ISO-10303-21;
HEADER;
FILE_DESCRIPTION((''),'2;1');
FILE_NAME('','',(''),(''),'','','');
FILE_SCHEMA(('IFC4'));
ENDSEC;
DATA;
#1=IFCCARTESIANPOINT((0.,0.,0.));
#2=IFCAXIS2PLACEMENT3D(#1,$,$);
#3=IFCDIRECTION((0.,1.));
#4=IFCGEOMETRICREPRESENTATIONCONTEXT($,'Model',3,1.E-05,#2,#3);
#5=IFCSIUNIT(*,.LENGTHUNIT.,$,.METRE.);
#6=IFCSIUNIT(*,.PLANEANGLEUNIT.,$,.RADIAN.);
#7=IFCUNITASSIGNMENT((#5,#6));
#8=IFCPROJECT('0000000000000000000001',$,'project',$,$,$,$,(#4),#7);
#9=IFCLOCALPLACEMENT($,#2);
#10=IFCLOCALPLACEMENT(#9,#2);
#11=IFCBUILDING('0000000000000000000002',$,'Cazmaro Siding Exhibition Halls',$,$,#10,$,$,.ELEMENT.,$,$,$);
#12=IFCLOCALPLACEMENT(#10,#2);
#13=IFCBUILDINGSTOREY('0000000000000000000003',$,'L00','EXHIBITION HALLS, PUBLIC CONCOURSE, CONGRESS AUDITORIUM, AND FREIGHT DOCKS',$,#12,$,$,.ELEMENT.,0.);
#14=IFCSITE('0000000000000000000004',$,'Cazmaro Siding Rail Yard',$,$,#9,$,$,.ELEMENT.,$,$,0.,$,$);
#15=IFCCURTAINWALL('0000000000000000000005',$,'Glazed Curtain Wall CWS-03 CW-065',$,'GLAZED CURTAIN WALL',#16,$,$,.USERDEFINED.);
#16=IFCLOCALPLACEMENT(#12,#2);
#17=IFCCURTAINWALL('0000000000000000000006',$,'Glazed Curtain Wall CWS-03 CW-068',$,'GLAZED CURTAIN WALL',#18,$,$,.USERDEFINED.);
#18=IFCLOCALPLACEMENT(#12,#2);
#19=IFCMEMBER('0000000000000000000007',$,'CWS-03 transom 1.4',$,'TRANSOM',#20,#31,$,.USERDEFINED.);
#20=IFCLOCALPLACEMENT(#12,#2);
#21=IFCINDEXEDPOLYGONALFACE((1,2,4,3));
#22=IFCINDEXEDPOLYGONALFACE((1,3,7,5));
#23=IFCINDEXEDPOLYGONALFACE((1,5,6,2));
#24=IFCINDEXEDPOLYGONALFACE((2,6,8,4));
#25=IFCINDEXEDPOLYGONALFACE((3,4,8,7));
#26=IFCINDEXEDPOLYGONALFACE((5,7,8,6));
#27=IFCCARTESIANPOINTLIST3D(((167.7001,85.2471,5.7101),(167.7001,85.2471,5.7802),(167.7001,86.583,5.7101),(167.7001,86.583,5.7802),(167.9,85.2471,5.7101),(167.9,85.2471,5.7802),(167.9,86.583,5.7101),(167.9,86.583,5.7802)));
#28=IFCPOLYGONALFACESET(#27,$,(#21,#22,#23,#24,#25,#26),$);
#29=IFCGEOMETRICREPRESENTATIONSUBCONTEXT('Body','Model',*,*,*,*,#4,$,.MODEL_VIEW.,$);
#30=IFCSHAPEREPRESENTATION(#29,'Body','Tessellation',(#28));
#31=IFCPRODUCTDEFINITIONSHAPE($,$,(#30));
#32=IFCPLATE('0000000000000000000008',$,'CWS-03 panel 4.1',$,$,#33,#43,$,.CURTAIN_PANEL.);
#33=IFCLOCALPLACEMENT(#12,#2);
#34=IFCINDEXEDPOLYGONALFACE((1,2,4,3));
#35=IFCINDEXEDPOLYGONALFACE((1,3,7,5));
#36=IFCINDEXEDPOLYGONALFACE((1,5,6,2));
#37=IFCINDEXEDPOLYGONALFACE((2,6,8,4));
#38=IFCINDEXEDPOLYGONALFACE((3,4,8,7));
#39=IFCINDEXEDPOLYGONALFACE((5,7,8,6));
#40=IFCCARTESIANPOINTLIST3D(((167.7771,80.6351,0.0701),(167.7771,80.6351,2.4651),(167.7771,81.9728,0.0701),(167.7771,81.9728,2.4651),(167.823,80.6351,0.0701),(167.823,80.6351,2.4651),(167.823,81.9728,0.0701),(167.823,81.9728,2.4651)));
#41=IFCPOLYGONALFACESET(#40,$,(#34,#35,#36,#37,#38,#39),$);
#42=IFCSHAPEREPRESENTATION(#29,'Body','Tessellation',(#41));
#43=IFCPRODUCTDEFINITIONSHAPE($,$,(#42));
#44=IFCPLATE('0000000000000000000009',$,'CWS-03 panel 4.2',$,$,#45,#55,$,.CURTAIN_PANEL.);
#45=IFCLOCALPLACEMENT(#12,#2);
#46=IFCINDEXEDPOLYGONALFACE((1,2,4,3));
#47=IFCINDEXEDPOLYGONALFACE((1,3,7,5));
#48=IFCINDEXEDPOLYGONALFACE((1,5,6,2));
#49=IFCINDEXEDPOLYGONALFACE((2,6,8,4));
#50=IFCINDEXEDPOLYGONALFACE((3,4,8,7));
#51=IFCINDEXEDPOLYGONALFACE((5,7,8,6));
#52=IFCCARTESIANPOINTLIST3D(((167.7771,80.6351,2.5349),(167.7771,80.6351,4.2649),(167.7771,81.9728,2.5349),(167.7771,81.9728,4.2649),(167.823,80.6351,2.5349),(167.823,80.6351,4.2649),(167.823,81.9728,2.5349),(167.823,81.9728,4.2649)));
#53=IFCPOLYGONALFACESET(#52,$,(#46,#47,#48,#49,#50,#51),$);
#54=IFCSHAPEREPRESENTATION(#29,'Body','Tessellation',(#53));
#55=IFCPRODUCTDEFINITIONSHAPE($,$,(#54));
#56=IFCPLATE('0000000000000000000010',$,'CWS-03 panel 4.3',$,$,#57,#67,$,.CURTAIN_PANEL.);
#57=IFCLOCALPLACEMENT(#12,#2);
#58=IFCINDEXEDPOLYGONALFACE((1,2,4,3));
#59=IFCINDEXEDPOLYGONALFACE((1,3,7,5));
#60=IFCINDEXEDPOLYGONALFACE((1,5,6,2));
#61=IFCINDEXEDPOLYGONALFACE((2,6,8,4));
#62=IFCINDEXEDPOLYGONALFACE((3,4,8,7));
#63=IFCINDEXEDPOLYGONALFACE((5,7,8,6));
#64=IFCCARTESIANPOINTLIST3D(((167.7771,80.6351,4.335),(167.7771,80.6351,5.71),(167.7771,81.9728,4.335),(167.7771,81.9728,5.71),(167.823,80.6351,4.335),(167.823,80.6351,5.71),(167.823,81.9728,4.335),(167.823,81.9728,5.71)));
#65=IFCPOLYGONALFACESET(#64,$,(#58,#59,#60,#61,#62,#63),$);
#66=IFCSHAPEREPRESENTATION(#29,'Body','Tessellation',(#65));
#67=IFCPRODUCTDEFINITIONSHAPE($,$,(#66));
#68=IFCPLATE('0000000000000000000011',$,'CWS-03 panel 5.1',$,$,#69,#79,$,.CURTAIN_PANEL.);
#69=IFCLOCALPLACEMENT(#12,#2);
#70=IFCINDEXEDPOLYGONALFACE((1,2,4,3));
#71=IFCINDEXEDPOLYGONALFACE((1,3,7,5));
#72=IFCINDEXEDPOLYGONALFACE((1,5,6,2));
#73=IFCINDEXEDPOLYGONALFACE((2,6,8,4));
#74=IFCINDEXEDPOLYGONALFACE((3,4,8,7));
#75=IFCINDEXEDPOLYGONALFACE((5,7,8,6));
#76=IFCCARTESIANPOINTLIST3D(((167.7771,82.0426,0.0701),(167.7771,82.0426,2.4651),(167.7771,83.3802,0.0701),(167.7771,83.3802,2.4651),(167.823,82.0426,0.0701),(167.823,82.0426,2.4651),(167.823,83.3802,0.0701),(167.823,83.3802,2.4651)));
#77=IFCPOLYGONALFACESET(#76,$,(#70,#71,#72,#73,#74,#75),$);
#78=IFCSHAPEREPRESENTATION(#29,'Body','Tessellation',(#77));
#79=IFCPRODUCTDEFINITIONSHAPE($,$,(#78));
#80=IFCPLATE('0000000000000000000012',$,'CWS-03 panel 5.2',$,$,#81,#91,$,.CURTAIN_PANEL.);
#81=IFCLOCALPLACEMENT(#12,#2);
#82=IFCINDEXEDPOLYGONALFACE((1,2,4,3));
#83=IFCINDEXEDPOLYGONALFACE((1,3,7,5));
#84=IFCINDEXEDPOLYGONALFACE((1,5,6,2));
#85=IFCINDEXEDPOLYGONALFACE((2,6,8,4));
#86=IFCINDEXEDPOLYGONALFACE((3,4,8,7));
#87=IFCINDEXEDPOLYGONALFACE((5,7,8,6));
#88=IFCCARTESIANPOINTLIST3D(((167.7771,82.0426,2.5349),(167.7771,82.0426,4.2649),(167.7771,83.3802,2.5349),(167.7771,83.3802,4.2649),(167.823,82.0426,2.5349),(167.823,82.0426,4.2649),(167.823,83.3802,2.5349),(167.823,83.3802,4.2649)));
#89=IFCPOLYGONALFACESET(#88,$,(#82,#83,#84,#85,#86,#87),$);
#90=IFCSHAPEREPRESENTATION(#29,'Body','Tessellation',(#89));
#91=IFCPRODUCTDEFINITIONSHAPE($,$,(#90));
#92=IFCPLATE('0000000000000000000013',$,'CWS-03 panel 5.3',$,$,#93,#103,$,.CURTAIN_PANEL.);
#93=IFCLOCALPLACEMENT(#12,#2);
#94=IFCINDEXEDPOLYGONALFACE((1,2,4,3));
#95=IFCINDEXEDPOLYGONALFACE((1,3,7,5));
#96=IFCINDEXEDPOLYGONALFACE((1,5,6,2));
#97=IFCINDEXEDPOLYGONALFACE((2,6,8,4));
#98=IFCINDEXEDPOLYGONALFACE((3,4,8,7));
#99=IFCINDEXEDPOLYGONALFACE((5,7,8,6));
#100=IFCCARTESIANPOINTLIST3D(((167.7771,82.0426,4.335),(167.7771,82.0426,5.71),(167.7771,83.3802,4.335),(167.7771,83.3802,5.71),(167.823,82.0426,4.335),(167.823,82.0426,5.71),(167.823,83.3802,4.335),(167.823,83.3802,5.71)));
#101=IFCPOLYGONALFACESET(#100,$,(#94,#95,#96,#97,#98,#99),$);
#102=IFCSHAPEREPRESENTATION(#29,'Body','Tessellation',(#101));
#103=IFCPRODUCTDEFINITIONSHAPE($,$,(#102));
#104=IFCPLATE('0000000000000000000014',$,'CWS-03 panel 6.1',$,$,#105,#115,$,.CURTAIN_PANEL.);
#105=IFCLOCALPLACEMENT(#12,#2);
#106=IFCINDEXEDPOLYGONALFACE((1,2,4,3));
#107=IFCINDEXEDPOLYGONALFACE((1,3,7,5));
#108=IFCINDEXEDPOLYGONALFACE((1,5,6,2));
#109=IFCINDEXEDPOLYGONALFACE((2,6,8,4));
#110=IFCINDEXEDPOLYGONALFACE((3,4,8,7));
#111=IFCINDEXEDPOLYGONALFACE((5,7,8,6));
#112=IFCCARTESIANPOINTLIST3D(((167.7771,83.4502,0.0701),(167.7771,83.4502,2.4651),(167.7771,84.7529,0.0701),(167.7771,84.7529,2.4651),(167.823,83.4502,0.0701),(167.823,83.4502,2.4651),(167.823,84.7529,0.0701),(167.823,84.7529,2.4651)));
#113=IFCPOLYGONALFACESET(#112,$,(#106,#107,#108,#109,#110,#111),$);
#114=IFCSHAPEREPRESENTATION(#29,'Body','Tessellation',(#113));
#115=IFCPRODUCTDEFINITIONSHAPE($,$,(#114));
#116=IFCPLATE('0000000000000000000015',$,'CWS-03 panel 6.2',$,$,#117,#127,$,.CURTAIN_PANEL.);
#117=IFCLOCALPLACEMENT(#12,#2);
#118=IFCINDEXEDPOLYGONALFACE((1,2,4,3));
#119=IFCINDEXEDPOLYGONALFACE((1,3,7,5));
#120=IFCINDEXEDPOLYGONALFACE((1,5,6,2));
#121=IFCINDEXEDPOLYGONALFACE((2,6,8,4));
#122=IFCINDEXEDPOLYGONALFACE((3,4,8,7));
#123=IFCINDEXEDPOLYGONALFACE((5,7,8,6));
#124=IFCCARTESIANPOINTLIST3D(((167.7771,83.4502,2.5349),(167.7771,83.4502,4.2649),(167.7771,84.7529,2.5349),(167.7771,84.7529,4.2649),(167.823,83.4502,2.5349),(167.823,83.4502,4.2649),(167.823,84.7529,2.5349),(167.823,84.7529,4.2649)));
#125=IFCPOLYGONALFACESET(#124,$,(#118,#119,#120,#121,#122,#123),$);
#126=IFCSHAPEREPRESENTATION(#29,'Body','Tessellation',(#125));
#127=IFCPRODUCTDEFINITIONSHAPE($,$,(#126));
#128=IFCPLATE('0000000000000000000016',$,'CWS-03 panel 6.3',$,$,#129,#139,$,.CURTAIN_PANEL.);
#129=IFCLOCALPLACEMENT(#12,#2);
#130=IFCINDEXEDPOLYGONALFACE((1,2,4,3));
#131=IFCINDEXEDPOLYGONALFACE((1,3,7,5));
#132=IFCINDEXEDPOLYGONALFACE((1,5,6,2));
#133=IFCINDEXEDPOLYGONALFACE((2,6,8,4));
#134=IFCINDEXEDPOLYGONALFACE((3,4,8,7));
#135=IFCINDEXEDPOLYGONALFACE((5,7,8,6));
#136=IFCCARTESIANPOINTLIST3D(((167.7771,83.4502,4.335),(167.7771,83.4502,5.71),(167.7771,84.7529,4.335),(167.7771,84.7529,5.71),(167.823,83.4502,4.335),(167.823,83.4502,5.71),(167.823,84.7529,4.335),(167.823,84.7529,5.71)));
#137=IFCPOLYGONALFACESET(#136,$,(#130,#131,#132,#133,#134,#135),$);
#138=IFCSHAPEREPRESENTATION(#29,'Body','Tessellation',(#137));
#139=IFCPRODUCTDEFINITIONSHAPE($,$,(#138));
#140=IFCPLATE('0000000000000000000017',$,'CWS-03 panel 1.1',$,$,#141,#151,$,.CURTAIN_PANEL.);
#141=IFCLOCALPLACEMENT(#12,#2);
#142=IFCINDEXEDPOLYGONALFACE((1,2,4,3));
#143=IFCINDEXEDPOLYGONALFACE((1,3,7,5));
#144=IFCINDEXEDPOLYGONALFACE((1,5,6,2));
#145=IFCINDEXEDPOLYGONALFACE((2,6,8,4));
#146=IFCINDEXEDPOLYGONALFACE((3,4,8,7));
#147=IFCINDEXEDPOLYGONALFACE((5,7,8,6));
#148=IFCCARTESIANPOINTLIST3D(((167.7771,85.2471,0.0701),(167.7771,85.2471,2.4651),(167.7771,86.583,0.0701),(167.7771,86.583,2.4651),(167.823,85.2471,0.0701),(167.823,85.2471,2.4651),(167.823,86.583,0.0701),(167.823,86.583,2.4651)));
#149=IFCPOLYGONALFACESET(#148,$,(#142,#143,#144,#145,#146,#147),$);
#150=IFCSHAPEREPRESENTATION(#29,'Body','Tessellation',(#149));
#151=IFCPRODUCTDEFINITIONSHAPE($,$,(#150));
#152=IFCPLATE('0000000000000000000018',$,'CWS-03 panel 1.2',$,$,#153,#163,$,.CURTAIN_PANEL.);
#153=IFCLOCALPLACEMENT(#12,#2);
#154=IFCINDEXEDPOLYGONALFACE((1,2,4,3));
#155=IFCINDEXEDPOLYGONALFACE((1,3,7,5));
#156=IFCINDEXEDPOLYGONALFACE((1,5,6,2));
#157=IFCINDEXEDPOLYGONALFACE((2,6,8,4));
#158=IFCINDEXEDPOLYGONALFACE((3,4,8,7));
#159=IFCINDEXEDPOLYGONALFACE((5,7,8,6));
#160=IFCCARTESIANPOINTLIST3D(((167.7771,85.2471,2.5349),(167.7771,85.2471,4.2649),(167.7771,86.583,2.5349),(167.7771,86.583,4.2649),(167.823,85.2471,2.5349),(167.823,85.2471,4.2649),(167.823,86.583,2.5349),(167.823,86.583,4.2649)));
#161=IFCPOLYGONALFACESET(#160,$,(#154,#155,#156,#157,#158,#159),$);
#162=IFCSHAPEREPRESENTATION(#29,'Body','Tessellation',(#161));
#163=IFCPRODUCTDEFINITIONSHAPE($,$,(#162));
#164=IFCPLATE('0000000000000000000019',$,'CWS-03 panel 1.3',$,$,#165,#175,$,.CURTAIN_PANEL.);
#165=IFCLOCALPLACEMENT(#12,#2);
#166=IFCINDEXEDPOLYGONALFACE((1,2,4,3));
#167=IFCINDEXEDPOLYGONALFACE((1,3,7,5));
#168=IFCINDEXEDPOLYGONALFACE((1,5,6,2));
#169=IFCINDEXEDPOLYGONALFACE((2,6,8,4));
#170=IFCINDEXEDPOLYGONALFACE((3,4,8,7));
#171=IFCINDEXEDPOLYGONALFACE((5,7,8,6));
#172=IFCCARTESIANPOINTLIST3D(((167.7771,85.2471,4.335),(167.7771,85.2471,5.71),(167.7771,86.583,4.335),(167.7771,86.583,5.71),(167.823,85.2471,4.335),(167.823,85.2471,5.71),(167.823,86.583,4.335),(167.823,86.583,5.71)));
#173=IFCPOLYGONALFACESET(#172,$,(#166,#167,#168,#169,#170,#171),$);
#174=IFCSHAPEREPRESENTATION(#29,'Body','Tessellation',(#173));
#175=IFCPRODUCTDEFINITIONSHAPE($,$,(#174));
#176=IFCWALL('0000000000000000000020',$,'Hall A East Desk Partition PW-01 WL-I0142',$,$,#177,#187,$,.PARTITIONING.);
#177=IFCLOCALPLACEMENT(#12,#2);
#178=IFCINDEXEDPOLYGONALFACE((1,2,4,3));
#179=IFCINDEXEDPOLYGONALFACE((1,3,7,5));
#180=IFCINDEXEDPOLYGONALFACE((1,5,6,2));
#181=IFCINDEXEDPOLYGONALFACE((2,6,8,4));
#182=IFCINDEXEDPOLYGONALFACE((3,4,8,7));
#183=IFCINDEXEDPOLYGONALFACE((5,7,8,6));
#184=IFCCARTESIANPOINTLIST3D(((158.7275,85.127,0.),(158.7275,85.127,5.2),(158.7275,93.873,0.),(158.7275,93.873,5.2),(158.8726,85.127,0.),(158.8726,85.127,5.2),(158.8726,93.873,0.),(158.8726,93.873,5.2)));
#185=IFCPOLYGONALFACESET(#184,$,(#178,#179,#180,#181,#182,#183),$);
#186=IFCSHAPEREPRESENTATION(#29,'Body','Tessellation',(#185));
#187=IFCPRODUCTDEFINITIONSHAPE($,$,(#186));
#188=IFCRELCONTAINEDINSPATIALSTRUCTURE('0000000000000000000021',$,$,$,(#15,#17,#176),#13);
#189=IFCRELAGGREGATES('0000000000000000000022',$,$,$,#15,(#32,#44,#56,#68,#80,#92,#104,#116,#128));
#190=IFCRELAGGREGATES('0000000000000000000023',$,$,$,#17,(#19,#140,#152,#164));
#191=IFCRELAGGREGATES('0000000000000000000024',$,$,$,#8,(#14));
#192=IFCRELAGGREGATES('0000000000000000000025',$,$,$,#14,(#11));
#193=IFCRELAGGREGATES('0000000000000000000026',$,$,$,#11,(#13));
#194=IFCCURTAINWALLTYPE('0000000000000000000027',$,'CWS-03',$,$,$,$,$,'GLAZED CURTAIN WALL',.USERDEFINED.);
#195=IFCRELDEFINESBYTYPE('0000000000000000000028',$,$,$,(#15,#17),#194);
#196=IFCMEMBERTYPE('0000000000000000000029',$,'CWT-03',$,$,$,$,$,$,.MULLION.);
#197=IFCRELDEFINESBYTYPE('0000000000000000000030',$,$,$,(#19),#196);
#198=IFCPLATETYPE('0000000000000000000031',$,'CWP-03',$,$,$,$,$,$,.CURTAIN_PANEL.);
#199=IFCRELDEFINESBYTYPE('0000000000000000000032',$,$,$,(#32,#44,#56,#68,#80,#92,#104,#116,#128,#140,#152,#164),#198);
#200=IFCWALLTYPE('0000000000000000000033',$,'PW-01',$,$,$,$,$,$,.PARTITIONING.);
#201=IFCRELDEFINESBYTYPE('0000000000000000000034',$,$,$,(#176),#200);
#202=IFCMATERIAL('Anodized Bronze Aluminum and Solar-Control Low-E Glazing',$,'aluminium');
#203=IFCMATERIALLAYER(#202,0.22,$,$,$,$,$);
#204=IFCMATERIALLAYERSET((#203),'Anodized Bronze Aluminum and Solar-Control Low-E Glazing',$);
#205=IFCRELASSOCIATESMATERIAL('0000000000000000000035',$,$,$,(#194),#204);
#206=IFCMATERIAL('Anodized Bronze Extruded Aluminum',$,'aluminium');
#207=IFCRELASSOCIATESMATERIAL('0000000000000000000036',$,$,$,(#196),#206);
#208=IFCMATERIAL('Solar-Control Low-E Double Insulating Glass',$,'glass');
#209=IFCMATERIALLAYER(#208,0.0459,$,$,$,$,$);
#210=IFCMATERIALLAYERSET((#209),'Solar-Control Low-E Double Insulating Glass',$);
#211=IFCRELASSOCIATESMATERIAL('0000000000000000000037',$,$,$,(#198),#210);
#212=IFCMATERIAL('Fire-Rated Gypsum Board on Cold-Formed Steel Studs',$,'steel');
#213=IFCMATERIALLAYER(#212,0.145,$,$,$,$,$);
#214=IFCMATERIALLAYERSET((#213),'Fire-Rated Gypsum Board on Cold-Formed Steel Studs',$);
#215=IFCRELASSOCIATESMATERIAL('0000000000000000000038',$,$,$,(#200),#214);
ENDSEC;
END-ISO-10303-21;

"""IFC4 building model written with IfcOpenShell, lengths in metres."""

from ifc_helpers import new_model, si_unit, direction, frame, frame_2d, origin, origin_2d, place, context, subcontext, project, spatial, rectangle, extrude, material, layer, layer_set, material_profile, profile_set, type_object, element, aggregate, save


model = new_model("IFC4")

# Units and contexts
model_context = context("Model", 3, precision=1e-05, world=origin(), true_north=direction((0.0, 1.0)))
body_context = subcontext(model_context, "Body", "Model", "MODEL_VIEW")
ifc_project = project(units=[si_unit("LENGTHUNIT", "METRE"), si_unit("PLANEANGLEUNIT", "RADIAN")], contexts=[model_context])

# Site, building, storey
site_placement = place(None, origin())
site = spatial("IfcSite", under=ifc_project, at=site_placement, Name="Cazmaro Siding Rail Yard", CompositionType="ELEMENT", RefElevation=0.0)
building_placement = place(site_placement, origin())
building = spatial("IfcBuilding", under=site, at=building_placement, Name="Cazmaro Siding Exhibition Halls", CompositionType="ELEMENT")
storey_placement = place(building_placement, origin())
storey = spatial("IfcBuildingStorey", under=building, at=storey_placement, Name="L00", Description="EXHIBITION HALLS, PUBLIC CONCOURSE, CONGRESS AUDITORIUM, AND FREIGHT DOCKS", CompositionType="ELEMENT", Elevation=0.0)

# Curtain wall
ifc_material_1 = material(Name="Anodized Bronze Aluminum and Solar-Control Low-E Glazing", Category="aluminium")
ifc_layer_1 = layer(ifc_material_1, 0.22)
ifc_layer_set_1 = layer_set([ifc_layer_1], Name="Anodized Bronze Aluminum and Solar-Control Low-E Glazing")
curtain_wall_type = type_object("IfcCurtainWallType", Name="CWS-03", ElementType="GLAZED CURTAIN WALL", PredefinedType="USERDEFINED", material=ifc_layer_set_1)
curtain_wall_1_placement = place(storey_placement, origin())
curtain_wall_1 = element("IfcCurtainWall", 1, at=curtain_wall_1_placement, inside=storey, type_object=curtain_wall_type, Name="Glazed Curtain Wall CWS-03 CW-065", ObjectType="GLAZED CURTAIN WALL", PredefinedType="USERDEFINED")

# Curtain wall
curtain_wall_2_placement = place(storey_placement, origin())
curtain_wall_2 = element("IfcCurtainWall", 2, at=curtain_wall_2_placement, inside=storey, type_object=curtain_wall_type, Name="Glazed Curtain Wall CWS-03 CW-068", ObjectType="GLAZED CURTAIN WALL", PredefinedType="USERDEFINED")

# Member
ifc_material_2 = material(Name="Anodized Bronze Extruded Aluminum", Category="aluminium")
ifc_material_profile_1 = material_profile(ifc_material_2, rectangle(XDim=0.2, YDim=0.0701, at=origin_2d()), Name="CWT-03")
ifc_profile_set_1 = profile_set([ifc_material_profile_1], Name="Anodized Bronze Extruded Aluminum")
member_type_1 = type_object("IfcMemberType", Name="CWT-03", PredefinedType="MULLION", material=ifc_profile_set_1)
member_1_placement = place(storey_placement, frame((167.8, 85.2471, 5.7451), z_axis=(0.0, 1.0, 0.0), x_axis=(-1.0, 0.0, 0.0)))
member_1 = element("IfcMember", 3, at=member_1_placement, type_object=member_type_1, Name="CWS-03 transom 1.4", ObjectType="TRANSOM", PredefinedType="USERDEFINED", context=body_context, shape_type="SweptSolid", body=[
    extrude(rectangle(XDim=0.2, YDim=0.0701, at=origin_2d()), origin(), (0.0, 0.0, 1.0), 1.3359),
])

# Plates
ifc_material_3 = material(Name="Solar-Control Low-E Double Insulating Glass", Category="glass")
ifc_layer_2 = layer(ifc_material_3, 0.0459)
ifc_layer_set_2 = layer_set([ifc_layer_2], Name="Solar-Control Low-E Double Insulating Glass")
plate_type = type_object("IfcPlateType", Name="CWP-03", PredefinedType="CURTAIN_PANEL", material=ifc_layer_set_2)
plate_1_placement = place(storey_placement, frame((167.8, 81.304, 0.0701), z_axis=(0.0, 0.0, 1.0), x_axis=(0.0, 1.0, 0.0)))
plate_1 = element("IfcPlate", 4, at=plate_1_placement, type_object=plate_type, Name="CWS-03 panel 4.1", PredefinedType="CURTAIN_PANEL", context=body_context, shape_type="SweptSolid", body=[
    extrude(rectangle(XDim=1.3376, YDim=0.0459, at=origin_2d()), origin(), (0.0, 0.0, 1.0), 2.395),
])
plate_2_placement = place(storey_placement, frame((167.8, 81.304, 2.5349), z_axis=(0.0, 0.0, 1.0), x_axis=(0.0, 1.0, 0.0)))
plate_2 = element("IfcPlate", 5, at=plate_2_placement, type_object=plate_type, Name="CWS-03 panel 4.2", PredefinedType="CURTAIN_PANEL", context=body_context, shape_type="SweptSolid", body=[
    extrude(rectangle(XDim=1.3376, YDim=0.0459, at=origin_2d()), origin(), (0.0, 0.0, 1.0), 1.73),
])
plate_3_placement = place(storey_placement, frame((167.8, 81.304, 4.335), z_axis=(0.0, 0.0, 1.0), x_axis=(0.0, 1.0, 0.0)))
plate_3 = element("IfcPlate", 6, at=plate_3_placement, type_object=plate_type, Name="CWS-03 panel 4.3", PredefinedType="CURTAIN_PANEL", context=body_context, shape_type="SweptSolid", body=[
    extrude(rectangle(XDim=1.3376, YDim=0.0459, at=origin_2d()), origin(), (0.0, 0.0, 1.0), 1.375),
])
plate_4_placement = place(storey_placement, frame((167.8, 82.7114, 0.0701), z_axis=(0.0, 0.0, 1.0), x_axis=(0.0, 1.0, 0.0)))
plate_4 = element("IfcPlate", 7, at=plate_4_placement, type_object=plate_type, Name="CWS-03 panel 5.1", PredefinedType="CURTAIN_PANEL", context=body_context, shape_type="SweptSolid", body=[
    extrude(rectangle(XDim=1.3376, YDim=0.0459, at=origin_2d()), origin(), (0.0, 0.0, 1.0), 2.395),
])
plate_5_placement = place(storey_placement, frame((167.8, 82.7114, 2.5349), z_axis=(0.0, 0.0, 1.0), x_axis=(0.0, 1.0, 0.0)))
plate_5 = element("IfcPlate", 8, at=plate_5_placement, type_object=plate_type, Name="CWS-03 panel 5.2", PredefinedType="CURTAIN_PANEL", context=body_context, shape_type="SweptSolid", body=[
    extrude(rectangle(XDim=1.3376, YDim=0.0459, at=origin_2d()), origin(), (0.0, 0.0, 1.0), 1.73),
])
plate_6_placement = place(storey_placement, frame((167.8, 82.7114, 4.335), z_axis=(0.0, 0.0, 1.0), x_axis=(0.0, 1.0, 0.0)))
plate_6 = element("IfcPlate", 9, at=plate_6_placement, type_object=plate_type, Name="CWS-03 panel 5.3", PredefinedType="CURTAIN_PANEL", context=body_context, shape_type="SweptSolid", body=[
    extrude(rectangle(XDim=1.3376, YDim=0.0459, at=origin_2d()), origin(), (0.0, 0.0, 1.0), 1.375),
])
plate_7_placement = place(storey_placement, frame((167.8, 84.1016, 0.0701), z_axis=(0.0, 0.0, 1.0), x_axis=(0.0, 1.0, 0.0)))
plate_7 = element("IfcPlate", 10, at=plate_7_placement, type_object=plate_type, Name="CWS-03 panel 6.1", PredefinedType="CURTAIN_PANEL", context=body_context, shape_type="SweptSolid", body=[
    extrude(rectangle(XDim=1.3027, YDim=0.0459, at=origin_2d()), origin(), (0.0, 0.0, 1.0), 2.395),
])
plate_8_placement = place(storey_placement, frame((167.8, 84.1016, 2.5349), z_axis=(0.0, 0.0, 1.0), x_axis=(0.0, 1.0, 0.0)))
plate_8 = element("IfcPlate", 11, at=plate_8_placement, type_object=plate_type, Name="CWS-03 panel 6.2", PredefinedType="CURTAIN_PANEL", context=body_context, shape_type="SweptSolid", body=[
    extrude(rectangle(XDim=1.3027, YDim=0.0459, at=origin_2d()), origin(), (0.0, 0.0, 1.0), 1.73),
])
plate_9_placement = place(storey_placement, frame((167.8, 84.1016, 4.335), z_axis=(0.0, 0.0, 1.0), x_axis=(0.0, 1.0, 0.0)))
plate_9 = element("IfcPlate", 12, at=plate_9_placement, type_object=plate_type, Name="CWS-03 panel 6.3", PredefinedType="CURTAIN_PANEL", context=body_context, shape_type="SweptSolid", body=[
    extrude(rectangle(XDim=1.3027, YDim=0.0459, at=origin_2d()), origin(), (0.0, 0.0, 1.0), 1.375),
])
aggregate(curtain_wall_1, [plate_1, plate_2, plate_3, plate_4, plate_5, plate_6, plate_7, plate_8, plate_9])
plate_10_placement = place(storey_placement, frame((167.8, 85.915, 0.0701), z_axis=(0.0, 0.0, 1.0), x_axis=(0.0, 1.0, 0.0)))
plate_10 = element("IfcPlate", 13, at=plate_10_placement, type_object=plate_type, Name="CWS-03 panel 1.1", PredefinedType="CURTAIN_PANEL", context=body_context, shape_type="SweptSolid", body=[
    extrude(rectangle(XDim=1.3359, YDim=0.0459, at=origin_2d()), origin(), (0.0, 0.0, 1.0), 2.395),
])
plate_11_placement = place(storey_placement, frame((167.8, 85.915, 2.5349), z_axis=(0.0, 0.0, 1.0), x_axis=(0.0, 1.0, 0.0)))
plate_11 = element("IfcPlate", 14, at=plate_11_placement, type_object=plate_type, Name="CWS-03 panel 1.2", PredefinedType="CURTAIN_PANEL", context=body_context, shape_type="SweptSolid", body=[
    extrude(rectangle(XDim=1.3359, YDim=0.0459, at=origin_2d()), origin(), (0.0, 0.0, 1.0), 1.73),
])
plate_12_placement = place(storey_placement, frame((167.8, 85.915, 4.335), z_axis=(0.0, 0.0, 1.0), x_axis=(0.0, 1.0, 0.0)))
plate_12 = element("IfcPlate", 15, at=plate_12_placement, type_object=plate_type, Name="CWS-03 panel 1.3", PredefinedType="CURTAIN_PANEL", context=body_context, shape_type="SweptSolid", body=[
    extrude(rectangle(XDim=1.3359, YDim=0.0459, at=origin_2d()), origin(), (0.0, 0.0, 1.0), 1.375),
])
aggregate(curtain_wall_2, [member_1, plate_10, plate_11, plate_12])

# Wall
ifc_material_4 = material(Name="Fire-Rated Gypsum Board on Cold-Formed Steel Studs", Category="steel")
ifc_layer_3 = layer(ifc_material_4, 0.145)
ifc_layer_set_3 = layer_set([ifc_layer_3], Name="Fire-Rated Gypsum Board on Cold-Formed Steel Studs")
wall_type = type_object("IfcWallType", Name="PW-01", PredefinedType="PARTITIONING", material=ifc_layer_set_3)
wall_placement = place(storey_placement, frame((158.8, 85.127, 0.0), z_axis=(0.0, 0.0, 1.0), x_axis=(0.0, 1.0, 0.0)))
element("IfcWall", 16, at=wall_placement, inside=storey, type_object=wall_type, Name="Hall A East Desk Partition PW-01 WL-I0142", PredefinedType="PARTITIONING", context=body_context, shape_type="SweptSolid", body=[
    extrude(rectangle(XDim=8.7461, YDim=0.145, at=frame_2d((4.373, 0.0))), origin(), (0.0, 0.0, 1.0), 5.2),
])

save(model, "model.ifc")
